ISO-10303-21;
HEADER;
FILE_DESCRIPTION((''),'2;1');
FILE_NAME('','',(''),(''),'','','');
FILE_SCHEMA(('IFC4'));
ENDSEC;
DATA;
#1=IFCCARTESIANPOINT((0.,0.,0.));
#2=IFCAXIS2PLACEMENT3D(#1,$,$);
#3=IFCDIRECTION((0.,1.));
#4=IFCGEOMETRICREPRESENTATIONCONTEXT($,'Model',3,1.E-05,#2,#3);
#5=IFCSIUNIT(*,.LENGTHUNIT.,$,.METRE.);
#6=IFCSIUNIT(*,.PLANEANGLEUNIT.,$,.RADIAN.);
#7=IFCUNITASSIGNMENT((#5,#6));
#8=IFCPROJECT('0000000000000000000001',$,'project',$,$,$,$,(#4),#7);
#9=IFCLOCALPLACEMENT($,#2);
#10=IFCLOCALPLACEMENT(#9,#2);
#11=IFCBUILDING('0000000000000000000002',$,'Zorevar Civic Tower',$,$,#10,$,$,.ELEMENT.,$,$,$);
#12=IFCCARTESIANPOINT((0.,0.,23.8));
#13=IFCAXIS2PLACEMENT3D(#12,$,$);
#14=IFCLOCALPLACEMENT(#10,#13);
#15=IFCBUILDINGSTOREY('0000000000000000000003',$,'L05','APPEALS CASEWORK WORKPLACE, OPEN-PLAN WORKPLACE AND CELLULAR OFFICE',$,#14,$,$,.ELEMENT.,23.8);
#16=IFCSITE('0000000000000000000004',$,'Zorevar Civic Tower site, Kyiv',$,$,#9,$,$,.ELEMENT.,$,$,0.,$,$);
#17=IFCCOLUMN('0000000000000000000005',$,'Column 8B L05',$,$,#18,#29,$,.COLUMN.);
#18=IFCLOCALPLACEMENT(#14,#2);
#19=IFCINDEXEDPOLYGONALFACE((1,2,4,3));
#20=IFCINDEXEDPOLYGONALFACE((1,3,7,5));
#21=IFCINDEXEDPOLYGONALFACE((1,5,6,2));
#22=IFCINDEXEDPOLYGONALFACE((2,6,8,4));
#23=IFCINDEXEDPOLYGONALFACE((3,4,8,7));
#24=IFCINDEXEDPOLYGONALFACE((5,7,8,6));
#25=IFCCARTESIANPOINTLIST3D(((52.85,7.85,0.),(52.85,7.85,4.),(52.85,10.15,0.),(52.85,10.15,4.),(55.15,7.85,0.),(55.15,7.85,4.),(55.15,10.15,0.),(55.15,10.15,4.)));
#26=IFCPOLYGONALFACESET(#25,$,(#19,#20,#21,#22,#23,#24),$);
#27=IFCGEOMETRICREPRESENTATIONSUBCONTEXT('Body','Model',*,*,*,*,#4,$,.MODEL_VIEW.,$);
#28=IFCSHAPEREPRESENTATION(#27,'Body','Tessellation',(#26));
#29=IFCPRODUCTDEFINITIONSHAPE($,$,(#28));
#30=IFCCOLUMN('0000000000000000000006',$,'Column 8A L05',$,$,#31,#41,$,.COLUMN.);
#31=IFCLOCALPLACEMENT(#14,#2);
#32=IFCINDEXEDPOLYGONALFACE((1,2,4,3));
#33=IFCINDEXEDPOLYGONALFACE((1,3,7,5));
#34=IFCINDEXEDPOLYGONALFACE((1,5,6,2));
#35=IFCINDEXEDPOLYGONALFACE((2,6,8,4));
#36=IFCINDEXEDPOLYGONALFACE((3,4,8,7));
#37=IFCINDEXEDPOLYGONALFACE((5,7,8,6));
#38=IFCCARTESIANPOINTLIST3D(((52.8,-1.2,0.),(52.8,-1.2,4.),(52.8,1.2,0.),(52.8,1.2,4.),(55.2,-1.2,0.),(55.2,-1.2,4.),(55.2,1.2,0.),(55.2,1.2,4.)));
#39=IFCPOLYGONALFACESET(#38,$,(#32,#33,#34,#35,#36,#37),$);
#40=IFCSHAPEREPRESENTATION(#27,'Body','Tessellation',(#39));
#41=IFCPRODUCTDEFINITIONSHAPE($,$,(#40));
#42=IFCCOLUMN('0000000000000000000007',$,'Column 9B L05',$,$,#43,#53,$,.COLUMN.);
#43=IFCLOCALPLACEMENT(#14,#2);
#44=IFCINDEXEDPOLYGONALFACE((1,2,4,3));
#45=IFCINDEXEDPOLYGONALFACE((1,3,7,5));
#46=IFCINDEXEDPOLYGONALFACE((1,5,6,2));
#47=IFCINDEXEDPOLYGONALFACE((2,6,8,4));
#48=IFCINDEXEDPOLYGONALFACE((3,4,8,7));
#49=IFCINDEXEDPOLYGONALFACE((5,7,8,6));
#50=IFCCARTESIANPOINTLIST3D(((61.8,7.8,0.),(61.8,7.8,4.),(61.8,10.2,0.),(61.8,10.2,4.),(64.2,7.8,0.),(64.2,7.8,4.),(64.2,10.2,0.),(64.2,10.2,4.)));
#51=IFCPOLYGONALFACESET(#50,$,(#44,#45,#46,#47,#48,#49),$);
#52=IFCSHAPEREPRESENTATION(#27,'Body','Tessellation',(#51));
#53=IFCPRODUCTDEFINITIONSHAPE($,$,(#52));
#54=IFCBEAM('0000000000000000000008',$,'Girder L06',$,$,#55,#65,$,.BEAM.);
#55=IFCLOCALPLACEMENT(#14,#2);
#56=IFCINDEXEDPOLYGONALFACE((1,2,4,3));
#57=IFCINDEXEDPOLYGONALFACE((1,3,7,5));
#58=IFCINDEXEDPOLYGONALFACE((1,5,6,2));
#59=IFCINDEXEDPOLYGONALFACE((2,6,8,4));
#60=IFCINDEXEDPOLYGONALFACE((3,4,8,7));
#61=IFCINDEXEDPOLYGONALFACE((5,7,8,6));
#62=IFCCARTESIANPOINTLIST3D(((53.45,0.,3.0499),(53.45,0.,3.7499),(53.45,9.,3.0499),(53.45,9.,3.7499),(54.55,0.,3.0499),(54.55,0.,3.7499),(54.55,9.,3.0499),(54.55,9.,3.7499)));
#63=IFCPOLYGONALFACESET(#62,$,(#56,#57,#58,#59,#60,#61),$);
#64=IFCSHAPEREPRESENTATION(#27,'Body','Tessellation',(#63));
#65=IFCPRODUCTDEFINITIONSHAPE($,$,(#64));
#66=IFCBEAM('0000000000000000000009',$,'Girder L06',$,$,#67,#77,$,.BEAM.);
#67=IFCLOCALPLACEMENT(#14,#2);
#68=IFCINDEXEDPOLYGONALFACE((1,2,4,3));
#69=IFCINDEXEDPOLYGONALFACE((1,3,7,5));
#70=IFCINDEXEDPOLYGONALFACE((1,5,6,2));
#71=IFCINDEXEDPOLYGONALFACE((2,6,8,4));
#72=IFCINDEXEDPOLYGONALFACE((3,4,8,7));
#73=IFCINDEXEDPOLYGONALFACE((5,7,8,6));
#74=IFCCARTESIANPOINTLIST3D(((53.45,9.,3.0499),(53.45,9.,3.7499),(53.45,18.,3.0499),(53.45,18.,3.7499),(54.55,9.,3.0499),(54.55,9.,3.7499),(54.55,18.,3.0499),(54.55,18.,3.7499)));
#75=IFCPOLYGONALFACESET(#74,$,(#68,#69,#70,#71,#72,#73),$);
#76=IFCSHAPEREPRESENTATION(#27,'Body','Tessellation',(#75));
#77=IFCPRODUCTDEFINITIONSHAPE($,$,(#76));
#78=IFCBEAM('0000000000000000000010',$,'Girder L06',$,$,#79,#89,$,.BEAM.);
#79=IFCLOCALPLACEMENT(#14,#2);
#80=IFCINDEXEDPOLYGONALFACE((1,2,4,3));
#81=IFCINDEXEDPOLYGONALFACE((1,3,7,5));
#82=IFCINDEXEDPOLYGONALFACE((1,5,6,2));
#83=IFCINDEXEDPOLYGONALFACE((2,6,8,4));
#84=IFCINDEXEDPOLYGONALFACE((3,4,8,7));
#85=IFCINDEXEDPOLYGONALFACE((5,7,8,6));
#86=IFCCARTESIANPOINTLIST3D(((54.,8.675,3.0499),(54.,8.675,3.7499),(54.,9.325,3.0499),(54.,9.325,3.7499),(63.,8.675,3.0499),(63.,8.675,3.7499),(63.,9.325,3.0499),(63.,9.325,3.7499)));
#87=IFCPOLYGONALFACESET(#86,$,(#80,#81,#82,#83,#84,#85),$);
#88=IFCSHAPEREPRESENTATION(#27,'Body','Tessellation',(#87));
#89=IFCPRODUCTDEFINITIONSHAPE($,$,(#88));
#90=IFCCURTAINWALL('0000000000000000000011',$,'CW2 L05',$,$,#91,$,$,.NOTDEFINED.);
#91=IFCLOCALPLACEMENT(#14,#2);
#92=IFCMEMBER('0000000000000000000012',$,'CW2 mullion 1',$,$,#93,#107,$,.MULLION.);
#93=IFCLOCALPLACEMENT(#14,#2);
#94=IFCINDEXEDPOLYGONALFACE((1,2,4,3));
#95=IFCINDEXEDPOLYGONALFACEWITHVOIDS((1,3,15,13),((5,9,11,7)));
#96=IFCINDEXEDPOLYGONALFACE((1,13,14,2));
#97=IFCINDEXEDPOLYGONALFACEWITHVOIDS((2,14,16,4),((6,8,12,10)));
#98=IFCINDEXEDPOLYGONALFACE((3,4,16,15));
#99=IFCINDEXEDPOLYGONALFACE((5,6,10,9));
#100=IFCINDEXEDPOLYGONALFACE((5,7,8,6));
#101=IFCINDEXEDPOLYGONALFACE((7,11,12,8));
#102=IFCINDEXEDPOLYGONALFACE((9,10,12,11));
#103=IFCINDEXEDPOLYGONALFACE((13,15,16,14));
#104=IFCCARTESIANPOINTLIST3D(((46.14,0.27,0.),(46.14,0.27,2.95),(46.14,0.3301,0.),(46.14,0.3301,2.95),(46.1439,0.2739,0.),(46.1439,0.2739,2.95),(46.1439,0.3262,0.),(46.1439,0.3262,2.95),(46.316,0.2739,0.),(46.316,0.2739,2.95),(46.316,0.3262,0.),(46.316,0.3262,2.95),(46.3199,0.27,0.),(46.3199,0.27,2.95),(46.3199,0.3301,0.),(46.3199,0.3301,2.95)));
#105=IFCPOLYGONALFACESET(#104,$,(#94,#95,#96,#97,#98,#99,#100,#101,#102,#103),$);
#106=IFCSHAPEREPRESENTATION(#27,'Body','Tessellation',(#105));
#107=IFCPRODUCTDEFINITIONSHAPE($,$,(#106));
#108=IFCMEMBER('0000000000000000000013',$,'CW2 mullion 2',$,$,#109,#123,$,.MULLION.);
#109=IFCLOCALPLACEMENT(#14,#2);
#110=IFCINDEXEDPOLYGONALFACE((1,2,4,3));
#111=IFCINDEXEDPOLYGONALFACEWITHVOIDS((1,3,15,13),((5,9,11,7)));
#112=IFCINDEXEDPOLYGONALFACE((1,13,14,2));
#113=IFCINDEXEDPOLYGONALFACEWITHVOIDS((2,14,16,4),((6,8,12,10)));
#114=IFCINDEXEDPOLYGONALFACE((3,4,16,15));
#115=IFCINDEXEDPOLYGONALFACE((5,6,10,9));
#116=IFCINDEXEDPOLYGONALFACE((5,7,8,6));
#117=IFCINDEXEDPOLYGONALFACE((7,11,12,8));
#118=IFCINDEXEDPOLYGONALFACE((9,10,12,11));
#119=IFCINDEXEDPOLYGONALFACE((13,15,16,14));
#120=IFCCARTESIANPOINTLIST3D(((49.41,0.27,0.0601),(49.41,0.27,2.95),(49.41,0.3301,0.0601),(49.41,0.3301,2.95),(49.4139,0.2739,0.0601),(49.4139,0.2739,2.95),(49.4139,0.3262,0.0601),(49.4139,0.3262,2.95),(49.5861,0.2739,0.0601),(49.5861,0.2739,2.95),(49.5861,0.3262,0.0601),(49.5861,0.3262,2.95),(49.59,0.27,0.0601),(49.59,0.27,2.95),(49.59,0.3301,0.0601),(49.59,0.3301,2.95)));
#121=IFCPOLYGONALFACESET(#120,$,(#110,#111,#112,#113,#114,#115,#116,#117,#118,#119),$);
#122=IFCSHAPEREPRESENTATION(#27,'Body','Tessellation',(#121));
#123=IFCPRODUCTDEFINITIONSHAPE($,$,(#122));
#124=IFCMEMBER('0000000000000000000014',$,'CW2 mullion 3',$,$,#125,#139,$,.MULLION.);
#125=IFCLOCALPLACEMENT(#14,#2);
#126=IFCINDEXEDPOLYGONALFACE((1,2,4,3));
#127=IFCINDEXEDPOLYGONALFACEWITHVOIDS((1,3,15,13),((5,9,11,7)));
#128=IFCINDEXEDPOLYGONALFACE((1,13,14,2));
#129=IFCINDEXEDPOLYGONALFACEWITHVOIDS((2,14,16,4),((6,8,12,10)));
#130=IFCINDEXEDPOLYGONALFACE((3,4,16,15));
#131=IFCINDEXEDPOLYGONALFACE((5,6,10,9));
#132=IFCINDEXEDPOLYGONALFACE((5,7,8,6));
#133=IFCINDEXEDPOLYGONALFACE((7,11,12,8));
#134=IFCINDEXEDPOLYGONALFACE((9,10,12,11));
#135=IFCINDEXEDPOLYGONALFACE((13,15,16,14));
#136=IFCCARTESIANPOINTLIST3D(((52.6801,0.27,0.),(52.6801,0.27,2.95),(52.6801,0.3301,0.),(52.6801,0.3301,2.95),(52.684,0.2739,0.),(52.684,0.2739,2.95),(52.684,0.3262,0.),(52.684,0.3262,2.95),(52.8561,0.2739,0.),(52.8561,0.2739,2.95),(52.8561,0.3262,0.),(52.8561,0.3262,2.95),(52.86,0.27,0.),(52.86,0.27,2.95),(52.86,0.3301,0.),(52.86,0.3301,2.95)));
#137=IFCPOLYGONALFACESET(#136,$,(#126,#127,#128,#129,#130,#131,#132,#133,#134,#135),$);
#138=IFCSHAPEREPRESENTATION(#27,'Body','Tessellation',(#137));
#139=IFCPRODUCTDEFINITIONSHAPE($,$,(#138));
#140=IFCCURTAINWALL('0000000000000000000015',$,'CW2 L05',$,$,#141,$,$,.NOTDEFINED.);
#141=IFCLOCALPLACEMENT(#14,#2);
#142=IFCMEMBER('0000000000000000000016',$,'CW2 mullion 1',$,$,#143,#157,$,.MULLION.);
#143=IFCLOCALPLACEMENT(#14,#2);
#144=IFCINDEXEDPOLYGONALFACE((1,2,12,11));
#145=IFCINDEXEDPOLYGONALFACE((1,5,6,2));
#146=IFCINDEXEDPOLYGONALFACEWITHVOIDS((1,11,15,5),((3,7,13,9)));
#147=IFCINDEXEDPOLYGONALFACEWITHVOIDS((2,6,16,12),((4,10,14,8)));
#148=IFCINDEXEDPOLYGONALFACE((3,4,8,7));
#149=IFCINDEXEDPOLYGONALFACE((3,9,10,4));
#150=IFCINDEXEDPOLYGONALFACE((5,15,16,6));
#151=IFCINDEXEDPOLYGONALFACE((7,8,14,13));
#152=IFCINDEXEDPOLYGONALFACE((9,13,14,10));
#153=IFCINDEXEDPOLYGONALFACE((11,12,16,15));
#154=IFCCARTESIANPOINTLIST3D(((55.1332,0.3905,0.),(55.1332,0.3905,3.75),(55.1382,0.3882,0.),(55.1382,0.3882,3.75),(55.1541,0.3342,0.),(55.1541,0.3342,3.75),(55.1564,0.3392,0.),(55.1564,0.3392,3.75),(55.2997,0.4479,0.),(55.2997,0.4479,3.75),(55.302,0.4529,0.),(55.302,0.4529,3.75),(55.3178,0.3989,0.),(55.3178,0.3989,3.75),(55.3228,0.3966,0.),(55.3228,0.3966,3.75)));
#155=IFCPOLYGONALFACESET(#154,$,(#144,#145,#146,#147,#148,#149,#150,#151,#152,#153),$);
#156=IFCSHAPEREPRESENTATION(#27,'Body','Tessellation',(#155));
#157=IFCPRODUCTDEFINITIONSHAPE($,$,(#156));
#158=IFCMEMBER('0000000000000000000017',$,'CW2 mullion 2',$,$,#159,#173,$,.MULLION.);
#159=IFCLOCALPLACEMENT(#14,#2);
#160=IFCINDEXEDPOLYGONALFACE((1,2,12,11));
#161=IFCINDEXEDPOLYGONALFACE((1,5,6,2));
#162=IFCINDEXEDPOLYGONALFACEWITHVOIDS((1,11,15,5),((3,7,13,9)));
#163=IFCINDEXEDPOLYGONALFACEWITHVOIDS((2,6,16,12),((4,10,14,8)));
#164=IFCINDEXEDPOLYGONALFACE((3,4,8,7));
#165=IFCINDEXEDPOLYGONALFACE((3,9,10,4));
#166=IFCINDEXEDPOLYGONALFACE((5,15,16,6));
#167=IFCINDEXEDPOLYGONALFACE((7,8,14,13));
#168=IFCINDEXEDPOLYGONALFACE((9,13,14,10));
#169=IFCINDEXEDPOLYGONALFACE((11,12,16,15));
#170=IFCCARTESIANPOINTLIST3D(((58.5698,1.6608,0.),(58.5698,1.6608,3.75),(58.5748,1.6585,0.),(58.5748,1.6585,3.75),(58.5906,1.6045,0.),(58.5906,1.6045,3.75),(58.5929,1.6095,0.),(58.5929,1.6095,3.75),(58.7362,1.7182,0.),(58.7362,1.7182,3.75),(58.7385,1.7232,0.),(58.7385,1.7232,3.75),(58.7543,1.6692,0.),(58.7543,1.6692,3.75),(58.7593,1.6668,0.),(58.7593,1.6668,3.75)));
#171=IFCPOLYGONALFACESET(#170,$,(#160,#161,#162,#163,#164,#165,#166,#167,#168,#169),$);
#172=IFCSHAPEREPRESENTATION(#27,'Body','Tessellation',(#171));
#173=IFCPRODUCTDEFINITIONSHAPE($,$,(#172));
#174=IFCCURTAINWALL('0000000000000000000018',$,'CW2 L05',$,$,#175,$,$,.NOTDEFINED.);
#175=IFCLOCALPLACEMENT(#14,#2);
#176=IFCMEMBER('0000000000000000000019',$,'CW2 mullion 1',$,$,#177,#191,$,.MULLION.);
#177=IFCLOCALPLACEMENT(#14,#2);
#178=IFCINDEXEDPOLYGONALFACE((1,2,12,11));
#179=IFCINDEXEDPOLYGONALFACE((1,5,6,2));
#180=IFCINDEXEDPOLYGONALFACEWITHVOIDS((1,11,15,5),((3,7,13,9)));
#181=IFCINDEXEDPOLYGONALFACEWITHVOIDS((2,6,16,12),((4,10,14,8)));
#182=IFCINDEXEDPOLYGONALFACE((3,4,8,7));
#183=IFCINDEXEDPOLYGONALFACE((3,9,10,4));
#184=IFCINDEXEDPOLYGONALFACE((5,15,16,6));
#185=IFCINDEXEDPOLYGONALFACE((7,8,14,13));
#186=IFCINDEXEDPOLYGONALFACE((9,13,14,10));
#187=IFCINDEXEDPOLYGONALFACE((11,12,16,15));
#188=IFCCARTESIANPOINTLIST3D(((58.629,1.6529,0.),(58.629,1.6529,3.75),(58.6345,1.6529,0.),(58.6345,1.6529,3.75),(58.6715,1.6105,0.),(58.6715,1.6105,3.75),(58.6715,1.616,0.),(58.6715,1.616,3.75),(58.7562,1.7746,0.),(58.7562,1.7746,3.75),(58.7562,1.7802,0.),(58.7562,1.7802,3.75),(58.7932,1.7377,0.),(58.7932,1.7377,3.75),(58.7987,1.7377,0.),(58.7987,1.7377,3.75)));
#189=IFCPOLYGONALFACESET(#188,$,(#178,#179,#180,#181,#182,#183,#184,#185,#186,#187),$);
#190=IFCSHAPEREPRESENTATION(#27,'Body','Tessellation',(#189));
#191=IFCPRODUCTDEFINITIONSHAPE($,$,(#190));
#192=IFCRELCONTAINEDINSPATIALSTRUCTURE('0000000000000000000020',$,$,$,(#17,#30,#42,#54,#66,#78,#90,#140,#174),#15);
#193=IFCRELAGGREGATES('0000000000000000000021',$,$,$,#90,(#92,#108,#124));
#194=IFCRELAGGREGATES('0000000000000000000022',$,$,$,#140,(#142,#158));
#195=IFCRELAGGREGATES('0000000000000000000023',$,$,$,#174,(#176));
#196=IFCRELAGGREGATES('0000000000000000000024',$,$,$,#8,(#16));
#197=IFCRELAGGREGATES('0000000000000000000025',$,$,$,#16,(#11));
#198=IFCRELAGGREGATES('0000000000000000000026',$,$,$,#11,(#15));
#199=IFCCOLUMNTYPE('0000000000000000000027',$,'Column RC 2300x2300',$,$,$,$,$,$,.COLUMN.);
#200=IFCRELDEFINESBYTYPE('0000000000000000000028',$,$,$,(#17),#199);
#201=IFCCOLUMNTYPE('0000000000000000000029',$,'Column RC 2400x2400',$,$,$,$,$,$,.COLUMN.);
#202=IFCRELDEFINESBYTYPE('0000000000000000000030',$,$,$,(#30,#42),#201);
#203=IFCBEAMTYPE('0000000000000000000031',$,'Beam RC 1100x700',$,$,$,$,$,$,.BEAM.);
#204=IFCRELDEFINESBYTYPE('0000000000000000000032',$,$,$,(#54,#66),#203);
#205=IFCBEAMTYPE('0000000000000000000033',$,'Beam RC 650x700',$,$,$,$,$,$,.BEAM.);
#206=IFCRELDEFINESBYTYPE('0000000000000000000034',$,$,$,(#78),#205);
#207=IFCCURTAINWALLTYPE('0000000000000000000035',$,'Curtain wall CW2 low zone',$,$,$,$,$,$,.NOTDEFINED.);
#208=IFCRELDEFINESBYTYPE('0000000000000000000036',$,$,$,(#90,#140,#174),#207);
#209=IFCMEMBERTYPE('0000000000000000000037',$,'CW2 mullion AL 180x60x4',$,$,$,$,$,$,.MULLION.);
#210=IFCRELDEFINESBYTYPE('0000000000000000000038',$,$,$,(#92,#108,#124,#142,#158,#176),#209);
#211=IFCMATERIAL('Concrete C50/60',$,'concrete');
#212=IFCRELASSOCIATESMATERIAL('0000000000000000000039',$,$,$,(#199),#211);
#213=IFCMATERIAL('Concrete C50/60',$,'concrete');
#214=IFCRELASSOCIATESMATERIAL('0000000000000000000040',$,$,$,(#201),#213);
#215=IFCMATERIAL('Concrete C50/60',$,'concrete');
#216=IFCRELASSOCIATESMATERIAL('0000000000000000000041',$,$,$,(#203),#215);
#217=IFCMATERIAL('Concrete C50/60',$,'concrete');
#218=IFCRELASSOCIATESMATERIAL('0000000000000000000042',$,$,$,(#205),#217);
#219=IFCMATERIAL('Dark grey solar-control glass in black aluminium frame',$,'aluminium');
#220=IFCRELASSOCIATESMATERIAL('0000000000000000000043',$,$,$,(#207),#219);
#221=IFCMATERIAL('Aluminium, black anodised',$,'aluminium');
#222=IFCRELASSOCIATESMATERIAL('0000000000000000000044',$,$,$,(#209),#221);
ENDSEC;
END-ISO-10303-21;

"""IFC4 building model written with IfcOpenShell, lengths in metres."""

from ifc_helpers import new_model, si_unit, direction, frame, origin, origin_2d, place, context, subcontext, project, spatial, rectangle, hollow_rectangle, extrude, material, material_profile, profile_set, type_object, element, aggregate, save


model = new_model("IFC4")

# Units and contexts
model_context = context("Model", 3, precision=1e-05, world=origin(), true_north=direction((0.0, 1.0)))
body_context = subcontext(model_context, "Body", "Model", "MODEL_VIEW")
ifc_project = project(units=[si_unit("LENGTHUNIT", "METRE"), si_unit("PLANEANGLEUNIT", "RADIAN")], contexts=[model_context])

# Site, building, storey
site_placement = place(None, origin())
site = spatial("IfcSite", under=ifc_project, at=site_placement, Name="Zorevar Civic Tower site, Kyiv", CompositionType="ELEMENT", RefElevation=0.0)
building_placement = place(site_placement, origin())
building = spatial("IfcBuilding", under=site, at=building_placement, Name="Zorevar Civic Tower", CompositionType="ELEMENT")
storey_placement = place(building_placement, frame((0.0, 0.0, 23.8)))
storey = spatial("IfcBuildingStorey", under=building, at=storey_placement, Name="L05", Description="APPEALS CASEWORK WORKPLACE, OPEN-PLAN WORKPLACE AND CELLULAR OFFICE", CompositionType="ELEMENT", Elevation=23.8)

# Columns
ifc_material_1 = material(Name="Concrete C50/60", Category="concrete")
ifc_material_profile_1 = material_profile(ifc_material_1, rectangle(XDim=2.3, YDim=2.3, at=origin_2d()), Name="RC 2300x2300")
ifc_profile_set_1 = profile_set([ifc_material_profile_1], Name="Concrete C50/60")
column_type_1 = type_object("IfcColumnType", Name="Column RC 2300x2300", PredefinedType="COLUMN", material=ifc_profile_set_1)
column_placement = place(storey_placement, frame((54.0, 9.0, 0.0), z_axis=(0.0, 0.0, 1.0), x_axis=(1.0, 0.0, 0.0)))
element("IfcColumn", 1, at=column_placement, inside=storey, type_object=column_type_1, Name="Column 8B L05", PredefinedType="COLUMN", context=body_context, shape_type="SweptSolid", body=[
    extrude(rectangle(XDim=2.3, YDim=2.3, at=origin_2d()), origin(), (0.0, 0.0, 1.0), 4.0),
])
ifc_material_2 = material(Name="Concrete C50/60", Category="concrete")
ifc_material_profile_2 = material_profile(ifc_material_2, rectangle(XDim=2.3999, YDim=2.3999, at=origin_2d()), Name="RC 2400x2400")
ifc_profile_set_2 = profile_set([ifc_material_profile_2], Name="Concrete C50/60")
column_type_2 = type_object("IfcColumnType", Name="Column RC 2400x2400", PredefinedType="COLUMN", material=ifc_profile_set_2)
for number, where, z_axis, x_axis, name in (
    (2, (54.0, 0.0, 0.0), (0.0, 0.0, 1.0), (1.0, 0.0, 0.0), "Column 8A L05"),
    (3, (63.0, 9.0, 0.0), (0.0, 0.0, 1.0), (1.0, 0.0, 0.0), "Column 9B L05"),
):
    element("IfcColumn", number, at=place(storey_placement, frame(where, z_axis=z_axis, x_axis=x_axis)), inside=storey, type_object=column_type_2, Name=name, PredefinedType="COLUMN", context=body_context, shape_type="SweptSolid", body=[
        extrude(rectangle(XDim=2.3999, YDim=2.3999, at=origin_2d()), origin(), (0.0, 0.0, 1.0), 4.0),
    ])

# Beams
ifc_material_3 = material(Name="Concrete C50/60", Category="concrete")
ifc_material_profile_3 = material_profile(ifc_material_3, rectangle(XDim=1.1001, YDim=0.7, at=origin_2d()), Name="RC 1100x700")
ifc_profile_set_3 = profile_set([ifc_material_profile_3], Name="Concrete C50/60")
beam_type_1 = type_object("IfcBeamType", Name="Beam RC 1100x700", PredefinedType="BEAM", material=ifc_profile_set_3)
for number, where, z_axis, x_axis, name in (
    (4, (54.0, 0.0, 3.3999), (0.0, 1.0, 0.0), (-1.0, 0.0, 0.0), "Girder L06"),
    (5, (54.0, 9.0, 3.3999), (0.0, 1.0, 0.0), (-1.0, 0.0, 0.0), "Girder L06"),
):
    element("IfcBeam", number, at=place(storey_placement, frame(where, z_axis=z_axis, x_axis=x_axis)), inside=storey, type_object=beam_type_1, Name=name, PredefinedType="BEAM", context=body_context, shape_type="SweptSolid", body=[
        extrude(rectangle(XDim=1.1001, YDim=0.7, at=origin_2d()), origin(), (0.0, 0.0, 1.0), 9.0),
    ])
ifc_material_4 = material(Name="Concrete C50/60", Category="concrete")
ifc_material_profile_4 = material_profile(ifc_material_4, rectangle(XDim=0.6499, YDim=0.7, at=origin_2d()), Name="RC 650x700")
ifc_profile_set_4 = profile_set([ifc_material_profile_4], Name="Concrete C50/60")
beam_type_2 = type_object("IfcBeamType", Name="Beam RC 650x700", PredefinedType="BEAM", material=ifc_profile_set_4)
beam_1_placement = place(storey_placement, frame((54.0, 9.0, 3.3999), z_axis=(1.0, 0.0, 0.0), x_axis=(0.0, 1.0, 0.0)))
element("IfcBeam", 6, at=beam_1_placement, inside=storey, type_object=beam_type_2, Name="Girder L06", PredefinedType="BEAM", context=body_context, shape_type="SweptSolid", body=[
    extrude(rectangle(XDim=0.6499, YDim=0.7, at=origin_2d()), origin(), (0.0, 0.0, 1.0), 9.0),
])

# Curtain walls, members
ifc_material_5 = material(Name="Dark grey solar-control glass in black aluminium frame", Category="aluminium")
curtain_wall_type = type_object("IfcCurtainWallType", Name="Curtain wall CW2 low zone", PredefinedType="NOTDEFINED", material=ifc_material_5)
curtain_wall_1_placement = place(storey_placement, origin())
curtain_wall_1 = element("IfcCurtainWall", 7, at=curtain_wall_1_placement, inside=storey, type_object=curtain_wall_type, Name="CW2 L05", PredefinedType="NOTDEFINED")
ifc_material_6 = material(Name="Aluminium, black anodised", Category="aluminium")
ifc_material_profile_5 = material_profile(ifc_material_6, hollow_rectangle(XDim=0.0601, YDim=0.1799, WallThickness=0.0039, at=origin_2d()), Name="AL 180x60x4")
ifc_profile_set_5 = profile_set([ifc_material_profile_5], Name="Aluminium, black anodised")
member_type_1 = type_object("IfcMemberType", Name="CW2 mullion AL 180x60x4", PredefinedType="MULLION", material=ifc_profile_set_5)
member_1_placement = place(storey_placement, frame((46.23, 0.3, 0.0), z_axis=(0.0, 0.0, 1.0), x_axis=(0.0, 1.0, 0.0)))
member_1 = element("IfcMember", 8, at=member_1_placement, type_object=member_type_1, Name="CW2 mullion 1", PredefinedType="MULLION", context=body_context, shape_type="SweptSolid", body=[
    extrude(hollow_rectangle(XDim=0.0601, YDim=0.1799, WallThickness=0.0039, at=origin_2d()), origin(), (0.0, 0.0, 1.0), 2.95),
])
member_2_placement = place(storey_placement, frame((49.5, 0.3, 0.0601), z_axis=(0.0, 0.0, 1.0), x_axis=(0.0, 1.0, 0.0)))
member_2 = element("IfcMember", 9, at=member_2_placement, type_object=member_type_1, Name="CW2 mullion 2", PredefinedType="MULLION", context=body_context, shape_type="SweptSolid", body=[
    extrude(hollow_rectangle(XDim=0.0601, YDim=0.1799, WallThickness=0.0039, at=origin_2d()), origin(), (0.0, 0.0, 1.0), 2.8899),
])
member_3_placement = place(storey_placement, frame((52.77, 0.3, 0.0), z_axis=(0.0, 0.0, 1.0), x_axis=(0.0, 1.0, 0.0)))
member_3 = element("IfcMember", 10, at=member_3_placement, type_object=member_type_1, Name="CW2 mullion 3", PredefinedType="MULLION", context=body_context, shape_type="SweptSolid", body=[
    extrude(hollow_rectangle(XDim=0.0601, YDim=0.1799, WallThickness=0.0039, at=origin_2d()), origin(), (0.0, 0.0, 1.0), 2.95),
])
curtain_wall_2_placement = place(storey_placement, origin())
curtain_wall_2 = element("IfcCurtainWall", 11, at=curtain_wall_2_placement, inside=storey, type_object=curtain_wall_type, Name="CW2 L05", PredefinedType="NOTDEFINED")
member_4_placement = place(storey_placement, frame((55.228, 0.3936, 0.0), z_axis=(0.0, 0.0, 1.0), x_axis=(-0.346704, 0.937975, 0.0)))
member_4 = element("IfcMember", 12, at=member_4_placement, type_object=member_type_1, Name="CW2 mullion 1", PredefinedType="MULLION", context=body_context, shape_type="SweptSolid", body=[
    extrude(hollow_rectangle(XDim=0.0601, YDim=0.1799, WallThickness=0.0039, at=origin_2d()), origin(), (0.0, 0.0, 1.0), 3.75),
])
member_5_placement = place(storey_placement, frame((58.6646, 1.6638, 0.0), z_axis=(0.0, 0.0, 1.0), x_axis=(-0.346704, 0.937975, 0.0)))
member_5 = element("IfcMember", 13, at=member_5_placement, type_object=member_type_1, Name="CW2 mullion 2", PredefinedType="MULLION", context=body_context, shape_type="SweptSolid", body=[
    extrude(hollow_rectangle(XDim=0.0601, YDim=0.1799, WallThickness=0.0039, at=origin_2d()), origin(), (0.0, 0.0, 1.0), 3.75),
])
curtain_wall_3_placement = place(storey_placement, origin())
curtain_wall_3 = element("IfcCurtainWall", 14, at=curtain_wall_3_placement, inside=storey, type_object=curtain_wall_type, Name="CW2 L05", PredefinedType="NOTDEFINED")
member_6_placement = place(storey_placement, frame((58.7139, 1.6953, 0.0), z_axis=(0.0, 0.0, 1.0), x_axis=(-0.707107, 0.707107, 0.0)))
member_6 = element("IfcMember", 15, at=member_6_placement, type_object=member_type_1, Name="CW2 mullion 1", PredefinedType="MULLION", context=body_context, shape_type="SweptSolid", body=[
    extrude(hollow_rectangle(XDim=0.0601, YDim=0.1799, WallThickness=0.0039, at=origin_2d()), origin(), (0.0, 0.0, 1.0), 3.75),
])

aggregate(curtain_wall_1, [member_1, member_2, member_3])
aggregate(curtain_wall_2, [member_4, member_5])
aggregate(curtain_wall_3, [member_6])

save(model, "model.ifc")
